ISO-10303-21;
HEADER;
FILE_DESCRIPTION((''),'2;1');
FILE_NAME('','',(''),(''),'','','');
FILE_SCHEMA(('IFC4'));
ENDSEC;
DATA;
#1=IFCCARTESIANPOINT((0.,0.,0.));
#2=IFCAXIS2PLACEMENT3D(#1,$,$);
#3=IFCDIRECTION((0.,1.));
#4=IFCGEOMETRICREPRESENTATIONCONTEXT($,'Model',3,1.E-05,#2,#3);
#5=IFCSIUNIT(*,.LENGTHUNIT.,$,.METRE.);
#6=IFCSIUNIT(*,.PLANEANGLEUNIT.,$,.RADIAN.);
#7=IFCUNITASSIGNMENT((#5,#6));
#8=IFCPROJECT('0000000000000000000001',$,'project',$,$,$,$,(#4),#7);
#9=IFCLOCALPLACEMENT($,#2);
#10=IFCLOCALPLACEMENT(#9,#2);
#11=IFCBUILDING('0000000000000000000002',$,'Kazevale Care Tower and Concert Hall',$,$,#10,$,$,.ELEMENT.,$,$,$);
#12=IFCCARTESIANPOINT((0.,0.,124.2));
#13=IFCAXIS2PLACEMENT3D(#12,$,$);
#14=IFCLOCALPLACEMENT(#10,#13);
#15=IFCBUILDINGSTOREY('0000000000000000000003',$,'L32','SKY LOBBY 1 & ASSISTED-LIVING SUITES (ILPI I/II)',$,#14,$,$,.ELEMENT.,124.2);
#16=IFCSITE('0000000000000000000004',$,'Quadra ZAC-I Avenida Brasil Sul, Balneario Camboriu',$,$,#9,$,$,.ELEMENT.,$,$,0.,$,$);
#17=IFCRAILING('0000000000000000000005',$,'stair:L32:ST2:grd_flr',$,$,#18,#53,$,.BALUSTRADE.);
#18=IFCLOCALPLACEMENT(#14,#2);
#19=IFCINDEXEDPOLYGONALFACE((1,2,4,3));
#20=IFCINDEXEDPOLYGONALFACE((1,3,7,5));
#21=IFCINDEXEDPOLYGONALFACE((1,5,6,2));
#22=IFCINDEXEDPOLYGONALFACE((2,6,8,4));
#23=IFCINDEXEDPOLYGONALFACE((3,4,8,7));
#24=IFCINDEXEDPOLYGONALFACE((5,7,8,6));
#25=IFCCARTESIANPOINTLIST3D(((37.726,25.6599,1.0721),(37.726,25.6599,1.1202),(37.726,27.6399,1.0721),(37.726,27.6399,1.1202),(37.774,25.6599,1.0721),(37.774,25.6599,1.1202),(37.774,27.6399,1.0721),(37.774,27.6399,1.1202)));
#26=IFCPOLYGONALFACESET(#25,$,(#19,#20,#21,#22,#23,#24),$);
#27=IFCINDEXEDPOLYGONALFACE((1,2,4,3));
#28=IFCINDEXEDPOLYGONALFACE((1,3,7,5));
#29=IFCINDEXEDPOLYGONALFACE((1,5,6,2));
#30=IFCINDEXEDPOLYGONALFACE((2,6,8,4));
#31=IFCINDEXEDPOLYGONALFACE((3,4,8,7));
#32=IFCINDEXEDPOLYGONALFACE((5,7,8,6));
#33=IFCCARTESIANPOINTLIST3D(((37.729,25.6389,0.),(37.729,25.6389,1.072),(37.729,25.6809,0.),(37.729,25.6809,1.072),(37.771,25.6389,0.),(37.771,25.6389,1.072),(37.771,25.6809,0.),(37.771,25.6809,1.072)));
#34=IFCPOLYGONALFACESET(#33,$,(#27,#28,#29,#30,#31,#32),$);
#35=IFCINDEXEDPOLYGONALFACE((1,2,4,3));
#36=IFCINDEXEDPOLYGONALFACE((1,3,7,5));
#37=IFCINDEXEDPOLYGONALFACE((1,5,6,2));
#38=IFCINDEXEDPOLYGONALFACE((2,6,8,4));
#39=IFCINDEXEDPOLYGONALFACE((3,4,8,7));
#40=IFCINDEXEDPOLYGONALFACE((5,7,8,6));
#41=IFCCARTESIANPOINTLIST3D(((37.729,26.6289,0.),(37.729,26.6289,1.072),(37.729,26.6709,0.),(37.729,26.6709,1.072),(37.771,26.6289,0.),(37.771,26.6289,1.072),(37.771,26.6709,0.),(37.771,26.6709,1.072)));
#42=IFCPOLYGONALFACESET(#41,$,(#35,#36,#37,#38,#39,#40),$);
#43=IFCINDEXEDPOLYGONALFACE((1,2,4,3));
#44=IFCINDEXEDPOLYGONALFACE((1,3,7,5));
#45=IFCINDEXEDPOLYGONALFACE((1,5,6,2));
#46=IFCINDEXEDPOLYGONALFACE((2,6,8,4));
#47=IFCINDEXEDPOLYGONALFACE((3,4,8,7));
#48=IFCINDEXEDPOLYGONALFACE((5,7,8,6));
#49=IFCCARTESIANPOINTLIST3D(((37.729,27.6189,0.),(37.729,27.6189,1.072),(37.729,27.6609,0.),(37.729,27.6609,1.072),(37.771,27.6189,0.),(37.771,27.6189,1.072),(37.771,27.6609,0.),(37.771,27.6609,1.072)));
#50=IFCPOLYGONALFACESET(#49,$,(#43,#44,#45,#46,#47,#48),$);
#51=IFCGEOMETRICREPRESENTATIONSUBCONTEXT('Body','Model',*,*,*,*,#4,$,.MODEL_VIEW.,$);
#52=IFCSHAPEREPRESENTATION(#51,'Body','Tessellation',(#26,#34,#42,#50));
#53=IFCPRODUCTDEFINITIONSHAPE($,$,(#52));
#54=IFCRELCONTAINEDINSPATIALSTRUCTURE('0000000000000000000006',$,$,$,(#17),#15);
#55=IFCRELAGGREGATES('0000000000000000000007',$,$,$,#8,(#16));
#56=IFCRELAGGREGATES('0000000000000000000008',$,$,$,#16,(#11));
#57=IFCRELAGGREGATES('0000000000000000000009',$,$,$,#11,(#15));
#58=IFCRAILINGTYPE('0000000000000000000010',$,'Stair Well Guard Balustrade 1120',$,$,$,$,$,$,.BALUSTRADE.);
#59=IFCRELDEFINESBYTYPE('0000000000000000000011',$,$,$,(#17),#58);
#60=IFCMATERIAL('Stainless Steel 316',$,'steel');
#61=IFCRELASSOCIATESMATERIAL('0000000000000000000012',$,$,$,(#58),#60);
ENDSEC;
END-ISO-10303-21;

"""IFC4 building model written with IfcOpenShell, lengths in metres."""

from ifc_helpers import new_model, si_unit, direction, frame, origin, origin_2d, place, context, subcontext, project, spatial, rectangle, extrude, material, type_object, element, save


model = new_model("IFC4")

# Units and contexts
model_context = context("Model", 3, precision=1e-05, world=origin(), true_north=direction((0.0, 1.0)))
body_context = subcontext(model_context, "Body", "Model", "MODEL_VIEW")
ifc_project = project(units=[si_unit("LENGTHUNIT", "METRE"), si_unit("PLANEANGLEUNIT", "RADIAN")], contexts=[model_context])

# Site, building, storey
site_placement = place(None, origin())
site = spatial("IfcSite", under=ifc_project, at=site_placement, Name="Quadra ZAC-I Avenida Brasil Sul, Balneario Camboriu", CompositionType="ELEMENT", RefElevation=0.0)
building_placement = place(site_placement, origin())
building = spatial("IfcBuilding", under=site, at=building_placement, Name="Kazevale Care Tower and Concert Hall", CompositionType="ELEMENT")
storey_placement = place(building_placement, frame((0.0, 0.0, 124.2)))
storey = spatial("IfcBuildingStorey", under=building, at=storey_placement, Name="L32", Description="SKY LOBBY 1 & ASSISTED-LIVING SUITES (ILPI I/II)", CompositionType="ELEMENT", Elevation=124.2)

# Railing
ifc_material_1 = material(Name="Stainless Steel 316", Category="steel")
railing_type_1 = type_object("IfcRailingType", Name="Stair Well Guard Balustrade 1120", PredefinedType="BALUSTRADE", material=ifc_material_1)
for number, where, name in (
    (1, (37.75, 25.6599, 0.0), "stair:L32:ST2:grd_flr"),
):
    element("IfcRailing", number, at=place(storey_placement, frame(where)), inside=storey, type_object=railing_type_1, Name=name, PredefinedType="BALUSTRADE", context=body_context, shape_type="SweptSolid", body=[
        extrude(rectangle(XDim=0.0481, YDim=0.0481, at=origin_2d()), frame((0.0, 0.0, 1.0962), z_axis=(0.0, 1.0, 0.0), x_axis=(-1.0, 0.0, 0.0)), (0.0, 0.0, 1.0), 1.98),
        extrude(rectangle(XDim=0.042, YDim=0.042, at=origin_2d()), origin(), (0.0, 0.0, 1.0), 1.072),
        extrude(rectangle(XDim=0.042, YDim=0.042, at=origin_2d()), frame((0.0, 0.99, 0.0)), (0.0, 0.0, 1.0), 1.072),
        extrude(rectangle(XDim=0.042, YDim=0.042, at=origin_2d()), frame((0.0, 1.98, 0.0)), (0.0, 0.0, 1.0), 1.072),
    ])

save(model, "model.ifc")
